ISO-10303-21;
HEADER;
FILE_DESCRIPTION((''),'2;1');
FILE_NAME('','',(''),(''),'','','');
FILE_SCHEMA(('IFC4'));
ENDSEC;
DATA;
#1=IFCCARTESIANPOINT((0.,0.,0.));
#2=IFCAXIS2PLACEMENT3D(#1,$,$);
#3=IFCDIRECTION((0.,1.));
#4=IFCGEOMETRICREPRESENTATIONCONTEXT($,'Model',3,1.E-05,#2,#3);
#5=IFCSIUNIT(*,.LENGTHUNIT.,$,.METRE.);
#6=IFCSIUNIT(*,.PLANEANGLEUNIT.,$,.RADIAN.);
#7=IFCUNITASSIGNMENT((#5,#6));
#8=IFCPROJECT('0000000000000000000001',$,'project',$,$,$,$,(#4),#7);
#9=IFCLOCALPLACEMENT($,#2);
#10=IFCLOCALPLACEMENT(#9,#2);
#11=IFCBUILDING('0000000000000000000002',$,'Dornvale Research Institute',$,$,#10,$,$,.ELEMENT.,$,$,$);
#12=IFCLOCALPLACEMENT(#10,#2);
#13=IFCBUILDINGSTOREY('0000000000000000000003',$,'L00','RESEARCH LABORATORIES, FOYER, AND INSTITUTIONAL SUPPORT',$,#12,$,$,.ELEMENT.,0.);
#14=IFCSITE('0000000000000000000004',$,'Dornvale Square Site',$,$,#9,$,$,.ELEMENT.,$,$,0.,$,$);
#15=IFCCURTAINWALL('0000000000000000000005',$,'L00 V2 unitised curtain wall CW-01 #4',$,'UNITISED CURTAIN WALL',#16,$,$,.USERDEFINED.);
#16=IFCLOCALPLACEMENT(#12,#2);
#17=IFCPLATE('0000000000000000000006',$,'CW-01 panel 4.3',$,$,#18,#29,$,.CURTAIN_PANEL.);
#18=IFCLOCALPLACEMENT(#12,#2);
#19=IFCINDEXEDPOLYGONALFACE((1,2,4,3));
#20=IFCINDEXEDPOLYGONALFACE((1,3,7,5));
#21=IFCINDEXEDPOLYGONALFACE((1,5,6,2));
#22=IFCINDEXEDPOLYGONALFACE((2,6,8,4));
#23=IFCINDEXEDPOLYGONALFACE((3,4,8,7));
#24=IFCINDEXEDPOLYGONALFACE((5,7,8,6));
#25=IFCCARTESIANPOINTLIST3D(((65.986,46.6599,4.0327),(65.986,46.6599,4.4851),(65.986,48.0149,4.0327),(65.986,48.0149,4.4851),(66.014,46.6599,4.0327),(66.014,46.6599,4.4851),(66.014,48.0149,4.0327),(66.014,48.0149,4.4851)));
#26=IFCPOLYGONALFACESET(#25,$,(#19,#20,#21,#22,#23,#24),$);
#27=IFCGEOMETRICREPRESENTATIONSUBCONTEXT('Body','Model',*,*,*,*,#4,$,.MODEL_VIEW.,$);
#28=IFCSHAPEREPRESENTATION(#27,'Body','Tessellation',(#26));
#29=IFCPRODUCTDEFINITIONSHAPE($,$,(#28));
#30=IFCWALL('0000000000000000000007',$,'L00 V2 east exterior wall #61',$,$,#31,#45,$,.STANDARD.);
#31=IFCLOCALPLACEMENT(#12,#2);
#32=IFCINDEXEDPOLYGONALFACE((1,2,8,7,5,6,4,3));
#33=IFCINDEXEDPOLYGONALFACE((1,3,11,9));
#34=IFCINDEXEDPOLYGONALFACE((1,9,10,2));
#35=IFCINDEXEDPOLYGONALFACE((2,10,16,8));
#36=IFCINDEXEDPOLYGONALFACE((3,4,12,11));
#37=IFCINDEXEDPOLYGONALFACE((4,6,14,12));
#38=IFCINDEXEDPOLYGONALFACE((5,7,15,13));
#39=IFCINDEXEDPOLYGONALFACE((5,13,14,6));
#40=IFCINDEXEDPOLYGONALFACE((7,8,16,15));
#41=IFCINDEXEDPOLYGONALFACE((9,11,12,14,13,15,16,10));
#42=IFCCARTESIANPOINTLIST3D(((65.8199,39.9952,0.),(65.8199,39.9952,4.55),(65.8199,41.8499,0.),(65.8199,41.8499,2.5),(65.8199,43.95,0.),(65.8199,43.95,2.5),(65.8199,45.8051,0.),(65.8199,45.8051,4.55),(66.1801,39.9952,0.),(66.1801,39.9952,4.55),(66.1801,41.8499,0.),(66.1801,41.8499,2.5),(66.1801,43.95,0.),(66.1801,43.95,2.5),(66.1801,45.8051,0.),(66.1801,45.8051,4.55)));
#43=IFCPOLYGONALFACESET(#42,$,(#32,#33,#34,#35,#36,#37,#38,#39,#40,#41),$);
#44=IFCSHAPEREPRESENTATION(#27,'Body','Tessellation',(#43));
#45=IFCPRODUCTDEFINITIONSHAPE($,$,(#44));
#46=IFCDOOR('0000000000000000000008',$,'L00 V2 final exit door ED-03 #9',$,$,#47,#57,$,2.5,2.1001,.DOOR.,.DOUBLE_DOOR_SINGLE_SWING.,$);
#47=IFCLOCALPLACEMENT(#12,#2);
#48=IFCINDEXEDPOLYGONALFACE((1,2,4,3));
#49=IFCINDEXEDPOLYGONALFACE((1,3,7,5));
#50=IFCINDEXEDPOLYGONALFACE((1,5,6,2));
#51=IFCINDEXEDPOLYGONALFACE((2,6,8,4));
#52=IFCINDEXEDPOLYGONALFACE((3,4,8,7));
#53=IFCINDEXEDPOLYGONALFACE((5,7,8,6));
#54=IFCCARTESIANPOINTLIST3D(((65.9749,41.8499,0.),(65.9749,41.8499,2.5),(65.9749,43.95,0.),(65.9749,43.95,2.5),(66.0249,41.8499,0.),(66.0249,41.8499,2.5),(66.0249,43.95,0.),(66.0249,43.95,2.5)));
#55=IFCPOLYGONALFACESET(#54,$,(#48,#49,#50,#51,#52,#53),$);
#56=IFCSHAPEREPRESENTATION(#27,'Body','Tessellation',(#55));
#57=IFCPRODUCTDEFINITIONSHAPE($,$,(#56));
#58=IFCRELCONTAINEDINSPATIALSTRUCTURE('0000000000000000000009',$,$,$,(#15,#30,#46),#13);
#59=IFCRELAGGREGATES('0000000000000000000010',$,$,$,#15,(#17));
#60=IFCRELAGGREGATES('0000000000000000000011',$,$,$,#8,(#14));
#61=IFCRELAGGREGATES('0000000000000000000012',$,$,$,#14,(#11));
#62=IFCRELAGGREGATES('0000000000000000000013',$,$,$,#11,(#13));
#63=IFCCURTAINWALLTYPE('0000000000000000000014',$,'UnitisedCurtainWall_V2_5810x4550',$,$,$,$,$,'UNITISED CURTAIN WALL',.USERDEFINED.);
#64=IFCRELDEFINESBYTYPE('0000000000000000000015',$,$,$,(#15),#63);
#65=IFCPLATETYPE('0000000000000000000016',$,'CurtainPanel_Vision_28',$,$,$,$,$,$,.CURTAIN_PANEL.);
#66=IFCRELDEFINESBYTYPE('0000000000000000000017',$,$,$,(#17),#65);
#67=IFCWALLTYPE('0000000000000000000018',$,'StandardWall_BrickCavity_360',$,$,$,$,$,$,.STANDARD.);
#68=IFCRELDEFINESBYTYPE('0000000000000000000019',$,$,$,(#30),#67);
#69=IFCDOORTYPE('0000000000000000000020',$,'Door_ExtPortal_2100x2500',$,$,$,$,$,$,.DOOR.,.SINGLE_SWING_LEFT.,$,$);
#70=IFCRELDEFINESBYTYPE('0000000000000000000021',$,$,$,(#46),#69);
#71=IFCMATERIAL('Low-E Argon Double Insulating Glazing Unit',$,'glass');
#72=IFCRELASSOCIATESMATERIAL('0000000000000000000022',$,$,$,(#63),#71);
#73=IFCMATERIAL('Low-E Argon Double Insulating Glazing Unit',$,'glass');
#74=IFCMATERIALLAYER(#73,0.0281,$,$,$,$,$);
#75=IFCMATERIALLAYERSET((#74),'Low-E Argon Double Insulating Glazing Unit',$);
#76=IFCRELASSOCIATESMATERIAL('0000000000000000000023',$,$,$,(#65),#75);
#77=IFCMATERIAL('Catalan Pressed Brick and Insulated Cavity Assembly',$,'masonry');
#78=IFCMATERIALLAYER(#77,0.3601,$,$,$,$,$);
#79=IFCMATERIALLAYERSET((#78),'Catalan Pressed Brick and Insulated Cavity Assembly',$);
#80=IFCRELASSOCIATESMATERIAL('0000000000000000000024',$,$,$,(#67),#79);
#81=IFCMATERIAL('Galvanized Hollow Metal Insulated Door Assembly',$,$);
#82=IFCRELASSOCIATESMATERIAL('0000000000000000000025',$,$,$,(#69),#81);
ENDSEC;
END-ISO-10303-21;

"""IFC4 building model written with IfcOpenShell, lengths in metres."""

from ifc_helpers import new_model, si_unit, direction, frame, frame_2d, origin, origin_2d, place, context, subcontext, project, spatial, rectangle, extrude, material, layer, layer_set, type_object, element, fill, aggregate, save


model = new_model("IFC4")

# Units and contexts
model_context = context("Model", 3, precision=1e-05, world=origin(), true_north=direction((0.0, 1.0)))
body_context = subcontext(model_context, "Body", "Model", "MODEL_VIEW")
ifc_project = project(units=[si_unit("LENGTHUNIT", "METRE"), si_unit("PLANEANGLEUNIT", "RADIAN")], contexts=[model_context])

# Site, building, storey
site_placement = place(None, origin())
site = spatial("IfcSite", under=ifc_project, at=site_placement, Name="Dornvale Square Site", CompositionType="ELEMENT", RefElevation=0.0)
building_placement = place(site_placement, origin())
building = spatial("IfcBuilding", under=site, at=building_placement, Name="Dornvale Research Institute", CompositionType="ELEMENT")
storey_placement = place(building_placement, origin())
storey = spatial("IfcBuildingStorey", under=building, at=storey_placement, Name="L00", Description="RESEARCH LABORATORIES, FOYER, AND INSTITUTIONAL SUPPORT", CompositionType="ELEMENT", Elevation=0.0)

# Curtain wall, plate
ifc_material_1 = material(Name="Low-E Argon Double Insulating Glazing Unit", Category="glass")
curtain_wall_type = type_object("IfcCurtainWallType", Name="UnitisedCurtainWall_V2_5810x4550", ElementType="UNITISED CURTAIN WALL", PredefinedType="USERDEFINED", material=ifc_material_1)
curtain_wall_placement = place(storey_placement, origin())
curtain_wall = element("IfcCurtainWall", 1, at=curtain_wall_placement, inside=storey, type_object=curtain_wall_type, Name="L00 V2 unitised curtain wall CW-01 #4", ObjectType="UNITISED CURTAIN WALL", PredefinedType="USERDEFINED")
ifc_material_2 = material(Name="Low-E Argon Double Insulating Glazing Unit", Category="glass")
ifc_layer_1 = layer(ifc_material_2, 0.0281)
ifc_layer_set_1 = layer_set([ifc_layer_1], Name="Low-E Argon Double Insulating Glazing Unit")
plate_type_1 = type_object("IfcPlateType", Name="CurtainPanel_Vision_28", PredefinedType="CURTAIN_PANEL", material=ifc_layer_set_1)
plate_1_placement = place(storey_placement, frame((66.0, 47.3374, 4.0327), z_axis=(0.0, 0.0, 1.0), x_axis=(0.0, -1.0, 0.0)))
plate_1 = element("IfcPlate", 2, at=plate_1_placement, type_object=plate_type_1, Name="CW-01 panel 4.3", PredefinedType="CURTAIN_PANEL", context=body_context, shape_type="SweptSolid", body=[
    extrude(rectangle(XDim=1.355, YDim=0.0281, at=origin_2d()), origin(), (0.0, 0.0, 1.0), 0.4524),
])
aggregate(curtain_wall, [plate_1])

# Wall, opening, door
ifc_material_3 = material(Name="Catalan Pressed Brick and Insulated Cavity Assembly", Category="masonry")
ifc_layer_2 = layer(ifc_material_3, 0.3601)
ifc_layer_set_2 = layer_set([ifc_layer_2], Name="Catalan Pressed Brick and Insulated Cavity Assembly")
wall_type = type_object("IfcWallType", Name="StandardWall_BrickCavity_360", PredefinedType="STANDARD", material=ifc_layer_set_2)
wall_placement = place(storey_placement, frame((66.0, 45.8049, 0.0), z_axis=(0.0, 0.0, 1.0), x_axis=(0.0, -1.0, 0.0)))
wall = element("IfcWall", 3, at=wall_placement, inside=storey, type_object=wall_type, Name="L00 V2 east exterior wall #61", PredefinedType="STANDARD", context=body_context, shape_type="SweptSolid", body=[
    extrude(rectangle(XDim=5.8098, YDim=0.3601, at=frame_2d((2.9048, 0.0))), origin(), (0.0, 0.0, 1.0), 4.55),
])
opening_placement = place(wall_placement, frame((1.855, 0.0, 0.0)))
opening = element("IfcOpeningElement", 4, at=opening_placement, cuts=wall, PredefinedType="OPENING", context=body_context, shape_type="SweptSolid", body=[
    extrude(rectangle(XDim=2.1001, YDim=2.5, at=frame_2d((1.05, 1.25))), frame((0.0, 0.1951, 0.0), z_axis=(0.0, -1.0, 0.0), x_axis=(1.0, 0.0, 0.0)), (0.0, 0.0, 1.0), 0.3901),
])
ifc_material_4 = material(Name="Galvanized Hollow Metal Insulated Door Assembly")
door_type = type_object("IfcDoorType", Name="Door_ExtPortal_2100x2500", OperationType="SINGLE_SWING_LEFT", PredefinedType="DOOR", material=ifc_material_4)
door_placement = place(opening_placement, origin())
door = element("IfcDoor", 5, at=door_placement, inside=storey, type_object=door_type, Name="L00 V2 final exit door ED-03 #9", OperationType="DOUBLE_DOOR_SINGLE_SWING", OverallHeight=2.5, OverallWidth=2.1001, PredefinedType="DOOR", context=body_context, shape_type="SweptSolid", body=[
    extrude(rectangle(XDim=2.1001, YDim=2.5, at=frame_2d((1.05, 1.25))), frame((0.0, 0.0249, 0.0), z_axis=(0.0, -1.0, 0.0), x_axis=(1.0, 0.0, 0.0)), (0.0, 0.0, 1.0), 0.05),
])
fill(opening, door)

save(model, "model.ifc")
